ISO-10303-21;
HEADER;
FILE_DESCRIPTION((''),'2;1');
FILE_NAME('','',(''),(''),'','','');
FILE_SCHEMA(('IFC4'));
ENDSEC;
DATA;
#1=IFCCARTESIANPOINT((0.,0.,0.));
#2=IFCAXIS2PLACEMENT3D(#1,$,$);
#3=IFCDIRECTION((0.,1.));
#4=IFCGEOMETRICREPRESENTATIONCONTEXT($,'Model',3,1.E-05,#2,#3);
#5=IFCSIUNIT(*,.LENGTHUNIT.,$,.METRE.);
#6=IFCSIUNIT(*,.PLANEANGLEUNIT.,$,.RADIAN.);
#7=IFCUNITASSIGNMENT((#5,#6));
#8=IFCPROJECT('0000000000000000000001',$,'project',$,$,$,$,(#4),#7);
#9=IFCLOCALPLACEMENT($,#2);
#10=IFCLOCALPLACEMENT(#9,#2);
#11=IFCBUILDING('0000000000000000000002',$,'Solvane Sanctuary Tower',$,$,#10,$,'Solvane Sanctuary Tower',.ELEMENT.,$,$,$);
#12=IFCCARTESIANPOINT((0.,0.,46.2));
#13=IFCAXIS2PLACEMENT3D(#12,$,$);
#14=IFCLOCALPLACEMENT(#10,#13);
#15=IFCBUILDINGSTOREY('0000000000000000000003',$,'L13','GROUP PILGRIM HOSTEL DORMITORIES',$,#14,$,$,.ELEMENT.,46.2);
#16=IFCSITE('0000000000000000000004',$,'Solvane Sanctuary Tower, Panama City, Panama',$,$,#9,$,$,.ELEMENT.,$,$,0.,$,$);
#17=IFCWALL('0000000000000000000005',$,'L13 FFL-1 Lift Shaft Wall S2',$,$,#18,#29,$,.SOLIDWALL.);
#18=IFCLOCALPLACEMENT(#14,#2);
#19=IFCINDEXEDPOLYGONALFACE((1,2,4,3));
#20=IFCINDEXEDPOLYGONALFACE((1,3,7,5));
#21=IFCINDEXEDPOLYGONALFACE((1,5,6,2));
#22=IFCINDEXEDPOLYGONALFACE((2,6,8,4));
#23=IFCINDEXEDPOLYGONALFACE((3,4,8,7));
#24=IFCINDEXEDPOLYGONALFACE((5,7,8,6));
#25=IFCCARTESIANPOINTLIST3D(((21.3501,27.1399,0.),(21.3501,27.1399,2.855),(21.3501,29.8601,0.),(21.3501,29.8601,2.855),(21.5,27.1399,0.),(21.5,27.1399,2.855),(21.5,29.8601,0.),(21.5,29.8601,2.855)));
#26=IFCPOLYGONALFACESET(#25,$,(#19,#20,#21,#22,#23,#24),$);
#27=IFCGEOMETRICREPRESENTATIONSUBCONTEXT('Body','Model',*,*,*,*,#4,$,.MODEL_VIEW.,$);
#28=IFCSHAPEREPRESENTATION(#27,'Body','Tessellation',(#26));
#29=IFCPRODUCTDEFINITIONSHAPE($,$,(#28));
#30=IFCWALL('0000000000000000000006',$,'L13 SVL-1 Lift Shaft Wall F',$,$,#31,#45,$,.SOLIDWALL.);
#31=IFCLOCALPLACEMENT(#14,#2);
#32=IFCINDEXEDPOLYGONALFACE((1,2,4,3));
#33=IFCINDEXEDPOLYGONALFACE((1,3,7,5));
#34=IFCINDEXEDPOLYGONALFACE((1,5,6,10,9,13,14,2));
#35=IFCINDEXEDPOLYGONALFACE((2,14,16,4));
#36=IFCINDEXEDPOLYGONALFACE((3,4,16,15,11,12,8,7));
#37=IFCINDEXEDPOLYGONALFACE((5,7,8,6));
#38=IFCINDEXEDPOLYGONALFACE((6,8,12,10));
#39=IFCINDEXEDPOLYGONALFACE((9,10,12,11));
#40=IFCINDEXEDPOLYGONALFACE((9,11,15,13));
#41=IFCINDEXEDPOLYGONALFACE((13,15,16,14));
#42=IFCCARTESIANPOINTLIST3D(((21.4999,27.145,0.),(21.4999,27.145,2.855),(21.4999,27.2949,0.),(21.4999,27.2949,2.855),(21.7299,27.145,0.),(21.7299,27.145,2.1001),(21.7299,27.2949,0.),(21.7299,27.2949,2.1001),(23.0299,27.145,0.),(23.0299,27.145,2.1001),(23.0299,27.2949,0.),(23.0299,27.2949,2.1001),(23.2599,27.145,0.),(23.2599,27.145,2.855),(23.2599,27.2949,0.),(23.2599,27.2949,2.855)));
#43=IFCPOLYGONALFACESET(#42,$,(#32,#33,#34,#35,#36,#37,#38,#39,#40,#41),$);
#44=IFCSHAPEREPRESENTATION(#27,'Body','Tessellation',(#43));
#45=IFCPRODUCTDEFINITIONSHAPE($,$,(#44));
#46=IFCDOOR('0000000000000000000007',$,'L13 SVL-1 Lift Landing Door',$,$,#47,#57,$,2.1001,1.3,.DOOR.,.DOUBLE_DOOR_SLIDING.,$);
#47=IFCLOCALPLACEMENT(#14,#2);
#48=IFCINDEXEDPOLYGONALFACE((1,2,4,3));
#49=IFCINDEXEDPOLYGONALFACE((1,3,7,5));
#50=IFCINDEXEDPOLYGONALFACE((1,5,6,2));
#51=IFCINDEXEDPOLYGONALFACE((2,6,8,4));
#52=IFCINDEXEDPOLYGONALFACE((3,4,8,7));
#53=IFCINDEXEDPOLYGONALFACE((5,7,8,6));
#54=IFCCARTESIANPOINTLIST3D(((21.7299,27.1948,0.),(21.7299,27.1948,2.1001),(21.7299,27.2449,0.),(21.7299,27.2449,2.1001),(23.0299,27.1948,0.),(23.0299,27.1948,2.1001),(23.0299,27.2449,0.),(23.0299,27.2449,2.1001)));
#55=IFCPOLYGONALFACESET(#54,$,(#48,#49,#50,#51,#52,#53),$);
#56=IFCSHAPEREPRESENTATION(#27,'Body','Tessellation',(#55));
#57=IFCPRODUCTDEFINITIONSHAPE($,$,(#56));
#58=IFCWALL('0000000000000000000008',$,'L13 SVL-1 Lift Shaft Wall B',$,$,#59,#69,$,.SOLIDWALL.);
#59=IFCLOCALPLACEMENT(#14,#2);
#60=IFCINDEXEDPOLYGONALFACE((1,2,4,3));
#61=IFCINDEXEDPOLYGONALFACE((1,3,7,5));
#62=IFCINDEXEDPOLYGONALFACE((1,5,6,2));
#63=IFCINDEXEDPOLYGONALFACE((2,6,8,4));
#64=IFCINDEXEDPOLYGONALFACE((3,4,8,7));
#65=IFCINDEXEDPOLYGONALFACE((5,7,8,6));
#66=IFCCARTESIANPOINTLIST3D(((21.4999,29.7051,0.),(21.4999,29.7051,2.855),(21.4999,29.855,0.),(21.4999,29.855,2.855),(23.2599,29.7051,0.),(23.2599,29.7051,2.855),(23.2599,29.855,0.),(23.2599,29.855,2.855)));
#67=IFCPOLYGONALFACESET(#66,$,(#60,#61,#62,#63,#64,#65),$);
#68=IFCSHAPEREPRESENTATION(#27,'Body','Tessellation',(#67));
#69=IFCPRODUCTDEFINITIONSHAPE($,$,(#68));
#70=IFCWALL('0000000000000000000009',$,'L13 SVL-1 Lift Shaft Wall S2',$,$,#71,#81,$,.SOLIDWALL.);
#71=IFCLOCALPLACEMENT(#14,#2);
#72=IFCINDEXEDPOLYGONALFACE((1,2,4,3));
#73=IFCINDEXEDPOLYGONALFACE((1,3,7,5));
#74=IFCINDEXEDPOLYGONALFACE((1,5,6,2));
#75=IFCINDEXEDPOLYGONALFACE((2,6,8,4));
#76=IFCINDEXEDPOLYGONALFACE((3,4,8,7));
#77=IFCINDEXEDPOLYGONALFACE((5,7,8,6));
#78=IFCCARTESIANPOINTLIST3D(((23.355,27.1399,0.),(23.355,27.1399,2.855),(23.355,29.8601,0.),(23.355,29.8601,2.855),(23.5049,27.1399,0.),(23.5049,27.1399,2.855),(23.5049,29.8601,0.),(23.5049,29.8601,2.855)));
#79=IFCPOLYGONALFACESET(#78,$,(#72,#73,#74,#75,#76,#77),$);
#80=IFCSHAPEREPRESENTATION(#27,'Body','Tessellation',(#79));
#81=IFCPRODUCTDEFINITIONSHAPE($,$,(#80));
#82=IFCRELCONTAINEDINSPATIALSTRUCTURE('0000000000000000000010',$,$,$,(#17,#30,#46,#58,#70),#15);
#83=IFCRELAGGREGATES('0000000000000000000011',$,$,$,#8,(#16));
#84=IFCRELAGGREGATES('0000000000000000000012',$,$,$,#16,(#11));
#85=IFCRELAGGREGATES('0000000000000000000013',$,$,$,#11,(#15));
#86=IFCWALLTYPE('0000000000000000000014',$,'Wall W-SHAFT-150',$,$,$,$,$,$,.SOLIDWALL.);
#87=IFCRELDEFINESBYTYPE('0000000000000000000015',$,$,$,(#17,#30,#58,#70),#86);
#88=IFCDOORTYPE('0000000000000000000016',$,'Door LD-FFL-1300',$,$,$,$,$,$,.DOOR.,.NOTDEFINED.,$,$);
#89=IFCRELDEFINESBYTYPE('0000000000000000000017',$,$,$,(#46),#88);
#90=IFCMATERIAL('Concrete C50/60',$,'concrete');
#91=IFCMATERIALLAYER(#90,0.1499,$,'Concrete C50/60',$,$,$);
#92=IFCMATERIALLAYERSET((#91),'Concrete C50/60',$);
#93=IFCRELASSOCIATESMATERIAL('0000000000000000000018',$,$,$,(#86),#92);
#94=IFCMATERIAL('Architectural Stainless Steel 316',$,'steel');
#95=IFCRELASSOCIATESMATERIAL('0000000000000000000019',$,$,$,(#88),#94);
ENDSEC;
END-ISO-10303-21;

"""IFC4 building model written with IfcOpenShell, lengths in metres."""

from ifc_helpers import new_model, si_unit, direction, frame, frame_2d, origin, place, context, subcontext, project, spatial, rectangle, extrude, material, layer, layer_set, type_object, element, fill, save


model = new_model("IFC4")

# Units and contexts
model_context = context("Model", 3, precision=1e-05, world=origin(), true_north=direction((0.0, 1.0)))
body_context = subcontext(model_context, "Body", "Model", "MODEL_VIEW")
ifc_project = project(units=[si_unit("LENGTHUNIT", "METRE"), si_unit("PLANEANGLEUNIT", "RADIAN")], contexts=[model_context])

# Site, building, storey
site_placement = place(None, origin())
site = spatial("IfcSite", under=ifc_project, at=site_placement, Name="Solvane Sanctuary Tower, Panama City, Panama", CompositionType="ELEMENT", RefElevation=0.0)
building_placement = place(site_placement, origin())
building = spatial("IfcBuilding", under=site, at=building_placement, Name="Solvane Sanctuary Tower", LongName="Solvane Sanctuary Tower", CompositionType="ELEMENT")
storey_placement = place(building_placement, frame((0.0, 0.0, 46.2)))
storey = spatial("IfcBuildingStorey", under=building, at=storey_placement, Name="L13", Description="GROUP PILGRIM HOSTEL DORMITORIES", CompositionType="ELEMENT", Elevation=46.2)

# Shared definitions
ifc_material_1 = material(Name="Architectural Stainless Steel 316", Category="steel")

# Wall
ifc_material_2 = material(Name="Concrete C50/60", Category="concrete")
ifc_layer_1 = layer(ifc_material_2, 0.1499, Name="Concrete C50/60")
ifc_layer_set_1 = layer_set([ifc_layer_1], Name="Concrete C50/60")
wall_type_1 = type_object("IfcWallType", Name="Wall W-SHAFT-150", PredefinedType="SOLIDWALL", material=ifc_layer_set_1)
wall_1_placement = place(storey_placement, frame((21.425, 27.1399, 0.0), z_axis=(0.0, 0.0, 1.0), x_axis=(0.0, 1.0, 0.0)))
element("IfcWall", 1, at=wall_1_placement, inside=storey, type_object=wall_type_1, Name="L13 FFL-1 Lift Shaft Wall S2", PredefinedType="SOLIDWALL", context=body_context, shape_type="SweptSolid", body=[
    extrude(rectangle(XDim=2.7202, YDim=0.1499, at=frame_2d((1.3601, 0.0))), origin(), (0.0, 0.0, 1.0), 2.855),
])

# Wall, opening, door
wall_2_placement = place(storey_placement, frame((21.5, 27.22, 0.0), z_axis=(0.0, 0.0, 1.0), x_axis=(1.0, 0.0, 0.0)))
wall_2 = element("IfcWall", 2, at=wall_2_placement, inside=storey, type_object=wall_type_1, Name="L13 SVL-1 Lift Shaft Wall F", PredefinedType="SOLIDWALL", context=body_context, shape_type="SweptSolid", body=[
    extrude(rectangle(XDim=1.76, YDim=0.1499, at=frame_2d((0.8799, 0.0))), origin(), (0.0, 0.0, 1.0), 2.855),
])
opening_1_placement = place(wall_2_placement, frame((0.23, 0.0, 0.0)))
opening_1 = element("IfcOpeningElement", 3, at=opening_1_placement, cuts=wall_2, PredefinedType="OPENING", context=body_context, shape_type="SweptSolid", body=[
    extrude(rectangle(XDim=1.3, YDim=2.1001, at=frame_2d((0.6499, 1.05))), frame((0.0, 0.085, 0.0), z_axis=(0.0, -1.0, 0.0), x_axis=(1.0, 0.0, 0.0)), (0.0, 0.0, 1.0), 0.1699),
])
door_type_1 = type_object("IfcDoorType", Name="Door LD-FFL-1300", OperationType="NOTDEFINED", PredefinedType="DOOR", material=ifc_material_1)
door_1_placement = place(opening_1_placement, origin())
door_1 = element("IfcDoor", 4, at=door_1_placement, inside=storey, type_object=door_type_1, Name="L13 SVL-1 Lift Landing Door", OperationType="DOUBLE_DOOR_SLIDING", OverallHeight=2.1001, OverallWidth=1.3, PredefinedType="DOOR", context=body_context, shape_type="SweptSolid", body=[
    extrude(rectangle(XDim=1.3, YDim=2.1001, at=frame_2d((0.6499, 1.05))), frame((0.0, 0.0249, 0.0), z_axis=(0.0, -1.0, 0.0), x_axis=(1.0, 0.0, 0.0)), (0.0, 0.0, 1.0), 0.05),
])
fill(opening_1, door_1)

# Walls
wall_3_placement = place(storey_placement, frame((21.5, 29.78, 0.0), z_axis=(0.0, 0.0, 1.0), x_axis=(1.0, 0.0, 0.0)))
element("IfcWall", 5, at=wall_3_placement, inside=storey, type_object=wall_type_1, Name="L13 SVL-1 Lift Shaft Wall B", PredefinedType="SOLIDWALL", context=body_context, shape_type="SweptSolid", body=[
    extrude(rectangle(XDim=1.76, YDim=0.1499, at=frame_2d((0.8799, 0.0))), origin(), (0.0, 0.0, 1.0), 2.855),
])
wall_4_placement = place(storey_placement, frame((23.4299, 27.1399, 0.0), z_axis=(0.0, 0.0, 1.0), x_axis=(0.0, 1.0, 0.0)))
element("IfcWall", 6, at=wall_4_placement, inside=storey, type_object=wall_type_1, Name="L13 SVL-1 Lift Shaft Wall S2", PredefinedType="SOLIDWALL", context=body_context, shape_type="SweptSolid", body=[
    extrude(rectangle(XDim=2.7202, YDim=0.1499, at=frame_2d((1.3601, 0.0))), origin(), (0.0, 0.0, 1.0), 2.855),
])

save(model, "model.ifc")
